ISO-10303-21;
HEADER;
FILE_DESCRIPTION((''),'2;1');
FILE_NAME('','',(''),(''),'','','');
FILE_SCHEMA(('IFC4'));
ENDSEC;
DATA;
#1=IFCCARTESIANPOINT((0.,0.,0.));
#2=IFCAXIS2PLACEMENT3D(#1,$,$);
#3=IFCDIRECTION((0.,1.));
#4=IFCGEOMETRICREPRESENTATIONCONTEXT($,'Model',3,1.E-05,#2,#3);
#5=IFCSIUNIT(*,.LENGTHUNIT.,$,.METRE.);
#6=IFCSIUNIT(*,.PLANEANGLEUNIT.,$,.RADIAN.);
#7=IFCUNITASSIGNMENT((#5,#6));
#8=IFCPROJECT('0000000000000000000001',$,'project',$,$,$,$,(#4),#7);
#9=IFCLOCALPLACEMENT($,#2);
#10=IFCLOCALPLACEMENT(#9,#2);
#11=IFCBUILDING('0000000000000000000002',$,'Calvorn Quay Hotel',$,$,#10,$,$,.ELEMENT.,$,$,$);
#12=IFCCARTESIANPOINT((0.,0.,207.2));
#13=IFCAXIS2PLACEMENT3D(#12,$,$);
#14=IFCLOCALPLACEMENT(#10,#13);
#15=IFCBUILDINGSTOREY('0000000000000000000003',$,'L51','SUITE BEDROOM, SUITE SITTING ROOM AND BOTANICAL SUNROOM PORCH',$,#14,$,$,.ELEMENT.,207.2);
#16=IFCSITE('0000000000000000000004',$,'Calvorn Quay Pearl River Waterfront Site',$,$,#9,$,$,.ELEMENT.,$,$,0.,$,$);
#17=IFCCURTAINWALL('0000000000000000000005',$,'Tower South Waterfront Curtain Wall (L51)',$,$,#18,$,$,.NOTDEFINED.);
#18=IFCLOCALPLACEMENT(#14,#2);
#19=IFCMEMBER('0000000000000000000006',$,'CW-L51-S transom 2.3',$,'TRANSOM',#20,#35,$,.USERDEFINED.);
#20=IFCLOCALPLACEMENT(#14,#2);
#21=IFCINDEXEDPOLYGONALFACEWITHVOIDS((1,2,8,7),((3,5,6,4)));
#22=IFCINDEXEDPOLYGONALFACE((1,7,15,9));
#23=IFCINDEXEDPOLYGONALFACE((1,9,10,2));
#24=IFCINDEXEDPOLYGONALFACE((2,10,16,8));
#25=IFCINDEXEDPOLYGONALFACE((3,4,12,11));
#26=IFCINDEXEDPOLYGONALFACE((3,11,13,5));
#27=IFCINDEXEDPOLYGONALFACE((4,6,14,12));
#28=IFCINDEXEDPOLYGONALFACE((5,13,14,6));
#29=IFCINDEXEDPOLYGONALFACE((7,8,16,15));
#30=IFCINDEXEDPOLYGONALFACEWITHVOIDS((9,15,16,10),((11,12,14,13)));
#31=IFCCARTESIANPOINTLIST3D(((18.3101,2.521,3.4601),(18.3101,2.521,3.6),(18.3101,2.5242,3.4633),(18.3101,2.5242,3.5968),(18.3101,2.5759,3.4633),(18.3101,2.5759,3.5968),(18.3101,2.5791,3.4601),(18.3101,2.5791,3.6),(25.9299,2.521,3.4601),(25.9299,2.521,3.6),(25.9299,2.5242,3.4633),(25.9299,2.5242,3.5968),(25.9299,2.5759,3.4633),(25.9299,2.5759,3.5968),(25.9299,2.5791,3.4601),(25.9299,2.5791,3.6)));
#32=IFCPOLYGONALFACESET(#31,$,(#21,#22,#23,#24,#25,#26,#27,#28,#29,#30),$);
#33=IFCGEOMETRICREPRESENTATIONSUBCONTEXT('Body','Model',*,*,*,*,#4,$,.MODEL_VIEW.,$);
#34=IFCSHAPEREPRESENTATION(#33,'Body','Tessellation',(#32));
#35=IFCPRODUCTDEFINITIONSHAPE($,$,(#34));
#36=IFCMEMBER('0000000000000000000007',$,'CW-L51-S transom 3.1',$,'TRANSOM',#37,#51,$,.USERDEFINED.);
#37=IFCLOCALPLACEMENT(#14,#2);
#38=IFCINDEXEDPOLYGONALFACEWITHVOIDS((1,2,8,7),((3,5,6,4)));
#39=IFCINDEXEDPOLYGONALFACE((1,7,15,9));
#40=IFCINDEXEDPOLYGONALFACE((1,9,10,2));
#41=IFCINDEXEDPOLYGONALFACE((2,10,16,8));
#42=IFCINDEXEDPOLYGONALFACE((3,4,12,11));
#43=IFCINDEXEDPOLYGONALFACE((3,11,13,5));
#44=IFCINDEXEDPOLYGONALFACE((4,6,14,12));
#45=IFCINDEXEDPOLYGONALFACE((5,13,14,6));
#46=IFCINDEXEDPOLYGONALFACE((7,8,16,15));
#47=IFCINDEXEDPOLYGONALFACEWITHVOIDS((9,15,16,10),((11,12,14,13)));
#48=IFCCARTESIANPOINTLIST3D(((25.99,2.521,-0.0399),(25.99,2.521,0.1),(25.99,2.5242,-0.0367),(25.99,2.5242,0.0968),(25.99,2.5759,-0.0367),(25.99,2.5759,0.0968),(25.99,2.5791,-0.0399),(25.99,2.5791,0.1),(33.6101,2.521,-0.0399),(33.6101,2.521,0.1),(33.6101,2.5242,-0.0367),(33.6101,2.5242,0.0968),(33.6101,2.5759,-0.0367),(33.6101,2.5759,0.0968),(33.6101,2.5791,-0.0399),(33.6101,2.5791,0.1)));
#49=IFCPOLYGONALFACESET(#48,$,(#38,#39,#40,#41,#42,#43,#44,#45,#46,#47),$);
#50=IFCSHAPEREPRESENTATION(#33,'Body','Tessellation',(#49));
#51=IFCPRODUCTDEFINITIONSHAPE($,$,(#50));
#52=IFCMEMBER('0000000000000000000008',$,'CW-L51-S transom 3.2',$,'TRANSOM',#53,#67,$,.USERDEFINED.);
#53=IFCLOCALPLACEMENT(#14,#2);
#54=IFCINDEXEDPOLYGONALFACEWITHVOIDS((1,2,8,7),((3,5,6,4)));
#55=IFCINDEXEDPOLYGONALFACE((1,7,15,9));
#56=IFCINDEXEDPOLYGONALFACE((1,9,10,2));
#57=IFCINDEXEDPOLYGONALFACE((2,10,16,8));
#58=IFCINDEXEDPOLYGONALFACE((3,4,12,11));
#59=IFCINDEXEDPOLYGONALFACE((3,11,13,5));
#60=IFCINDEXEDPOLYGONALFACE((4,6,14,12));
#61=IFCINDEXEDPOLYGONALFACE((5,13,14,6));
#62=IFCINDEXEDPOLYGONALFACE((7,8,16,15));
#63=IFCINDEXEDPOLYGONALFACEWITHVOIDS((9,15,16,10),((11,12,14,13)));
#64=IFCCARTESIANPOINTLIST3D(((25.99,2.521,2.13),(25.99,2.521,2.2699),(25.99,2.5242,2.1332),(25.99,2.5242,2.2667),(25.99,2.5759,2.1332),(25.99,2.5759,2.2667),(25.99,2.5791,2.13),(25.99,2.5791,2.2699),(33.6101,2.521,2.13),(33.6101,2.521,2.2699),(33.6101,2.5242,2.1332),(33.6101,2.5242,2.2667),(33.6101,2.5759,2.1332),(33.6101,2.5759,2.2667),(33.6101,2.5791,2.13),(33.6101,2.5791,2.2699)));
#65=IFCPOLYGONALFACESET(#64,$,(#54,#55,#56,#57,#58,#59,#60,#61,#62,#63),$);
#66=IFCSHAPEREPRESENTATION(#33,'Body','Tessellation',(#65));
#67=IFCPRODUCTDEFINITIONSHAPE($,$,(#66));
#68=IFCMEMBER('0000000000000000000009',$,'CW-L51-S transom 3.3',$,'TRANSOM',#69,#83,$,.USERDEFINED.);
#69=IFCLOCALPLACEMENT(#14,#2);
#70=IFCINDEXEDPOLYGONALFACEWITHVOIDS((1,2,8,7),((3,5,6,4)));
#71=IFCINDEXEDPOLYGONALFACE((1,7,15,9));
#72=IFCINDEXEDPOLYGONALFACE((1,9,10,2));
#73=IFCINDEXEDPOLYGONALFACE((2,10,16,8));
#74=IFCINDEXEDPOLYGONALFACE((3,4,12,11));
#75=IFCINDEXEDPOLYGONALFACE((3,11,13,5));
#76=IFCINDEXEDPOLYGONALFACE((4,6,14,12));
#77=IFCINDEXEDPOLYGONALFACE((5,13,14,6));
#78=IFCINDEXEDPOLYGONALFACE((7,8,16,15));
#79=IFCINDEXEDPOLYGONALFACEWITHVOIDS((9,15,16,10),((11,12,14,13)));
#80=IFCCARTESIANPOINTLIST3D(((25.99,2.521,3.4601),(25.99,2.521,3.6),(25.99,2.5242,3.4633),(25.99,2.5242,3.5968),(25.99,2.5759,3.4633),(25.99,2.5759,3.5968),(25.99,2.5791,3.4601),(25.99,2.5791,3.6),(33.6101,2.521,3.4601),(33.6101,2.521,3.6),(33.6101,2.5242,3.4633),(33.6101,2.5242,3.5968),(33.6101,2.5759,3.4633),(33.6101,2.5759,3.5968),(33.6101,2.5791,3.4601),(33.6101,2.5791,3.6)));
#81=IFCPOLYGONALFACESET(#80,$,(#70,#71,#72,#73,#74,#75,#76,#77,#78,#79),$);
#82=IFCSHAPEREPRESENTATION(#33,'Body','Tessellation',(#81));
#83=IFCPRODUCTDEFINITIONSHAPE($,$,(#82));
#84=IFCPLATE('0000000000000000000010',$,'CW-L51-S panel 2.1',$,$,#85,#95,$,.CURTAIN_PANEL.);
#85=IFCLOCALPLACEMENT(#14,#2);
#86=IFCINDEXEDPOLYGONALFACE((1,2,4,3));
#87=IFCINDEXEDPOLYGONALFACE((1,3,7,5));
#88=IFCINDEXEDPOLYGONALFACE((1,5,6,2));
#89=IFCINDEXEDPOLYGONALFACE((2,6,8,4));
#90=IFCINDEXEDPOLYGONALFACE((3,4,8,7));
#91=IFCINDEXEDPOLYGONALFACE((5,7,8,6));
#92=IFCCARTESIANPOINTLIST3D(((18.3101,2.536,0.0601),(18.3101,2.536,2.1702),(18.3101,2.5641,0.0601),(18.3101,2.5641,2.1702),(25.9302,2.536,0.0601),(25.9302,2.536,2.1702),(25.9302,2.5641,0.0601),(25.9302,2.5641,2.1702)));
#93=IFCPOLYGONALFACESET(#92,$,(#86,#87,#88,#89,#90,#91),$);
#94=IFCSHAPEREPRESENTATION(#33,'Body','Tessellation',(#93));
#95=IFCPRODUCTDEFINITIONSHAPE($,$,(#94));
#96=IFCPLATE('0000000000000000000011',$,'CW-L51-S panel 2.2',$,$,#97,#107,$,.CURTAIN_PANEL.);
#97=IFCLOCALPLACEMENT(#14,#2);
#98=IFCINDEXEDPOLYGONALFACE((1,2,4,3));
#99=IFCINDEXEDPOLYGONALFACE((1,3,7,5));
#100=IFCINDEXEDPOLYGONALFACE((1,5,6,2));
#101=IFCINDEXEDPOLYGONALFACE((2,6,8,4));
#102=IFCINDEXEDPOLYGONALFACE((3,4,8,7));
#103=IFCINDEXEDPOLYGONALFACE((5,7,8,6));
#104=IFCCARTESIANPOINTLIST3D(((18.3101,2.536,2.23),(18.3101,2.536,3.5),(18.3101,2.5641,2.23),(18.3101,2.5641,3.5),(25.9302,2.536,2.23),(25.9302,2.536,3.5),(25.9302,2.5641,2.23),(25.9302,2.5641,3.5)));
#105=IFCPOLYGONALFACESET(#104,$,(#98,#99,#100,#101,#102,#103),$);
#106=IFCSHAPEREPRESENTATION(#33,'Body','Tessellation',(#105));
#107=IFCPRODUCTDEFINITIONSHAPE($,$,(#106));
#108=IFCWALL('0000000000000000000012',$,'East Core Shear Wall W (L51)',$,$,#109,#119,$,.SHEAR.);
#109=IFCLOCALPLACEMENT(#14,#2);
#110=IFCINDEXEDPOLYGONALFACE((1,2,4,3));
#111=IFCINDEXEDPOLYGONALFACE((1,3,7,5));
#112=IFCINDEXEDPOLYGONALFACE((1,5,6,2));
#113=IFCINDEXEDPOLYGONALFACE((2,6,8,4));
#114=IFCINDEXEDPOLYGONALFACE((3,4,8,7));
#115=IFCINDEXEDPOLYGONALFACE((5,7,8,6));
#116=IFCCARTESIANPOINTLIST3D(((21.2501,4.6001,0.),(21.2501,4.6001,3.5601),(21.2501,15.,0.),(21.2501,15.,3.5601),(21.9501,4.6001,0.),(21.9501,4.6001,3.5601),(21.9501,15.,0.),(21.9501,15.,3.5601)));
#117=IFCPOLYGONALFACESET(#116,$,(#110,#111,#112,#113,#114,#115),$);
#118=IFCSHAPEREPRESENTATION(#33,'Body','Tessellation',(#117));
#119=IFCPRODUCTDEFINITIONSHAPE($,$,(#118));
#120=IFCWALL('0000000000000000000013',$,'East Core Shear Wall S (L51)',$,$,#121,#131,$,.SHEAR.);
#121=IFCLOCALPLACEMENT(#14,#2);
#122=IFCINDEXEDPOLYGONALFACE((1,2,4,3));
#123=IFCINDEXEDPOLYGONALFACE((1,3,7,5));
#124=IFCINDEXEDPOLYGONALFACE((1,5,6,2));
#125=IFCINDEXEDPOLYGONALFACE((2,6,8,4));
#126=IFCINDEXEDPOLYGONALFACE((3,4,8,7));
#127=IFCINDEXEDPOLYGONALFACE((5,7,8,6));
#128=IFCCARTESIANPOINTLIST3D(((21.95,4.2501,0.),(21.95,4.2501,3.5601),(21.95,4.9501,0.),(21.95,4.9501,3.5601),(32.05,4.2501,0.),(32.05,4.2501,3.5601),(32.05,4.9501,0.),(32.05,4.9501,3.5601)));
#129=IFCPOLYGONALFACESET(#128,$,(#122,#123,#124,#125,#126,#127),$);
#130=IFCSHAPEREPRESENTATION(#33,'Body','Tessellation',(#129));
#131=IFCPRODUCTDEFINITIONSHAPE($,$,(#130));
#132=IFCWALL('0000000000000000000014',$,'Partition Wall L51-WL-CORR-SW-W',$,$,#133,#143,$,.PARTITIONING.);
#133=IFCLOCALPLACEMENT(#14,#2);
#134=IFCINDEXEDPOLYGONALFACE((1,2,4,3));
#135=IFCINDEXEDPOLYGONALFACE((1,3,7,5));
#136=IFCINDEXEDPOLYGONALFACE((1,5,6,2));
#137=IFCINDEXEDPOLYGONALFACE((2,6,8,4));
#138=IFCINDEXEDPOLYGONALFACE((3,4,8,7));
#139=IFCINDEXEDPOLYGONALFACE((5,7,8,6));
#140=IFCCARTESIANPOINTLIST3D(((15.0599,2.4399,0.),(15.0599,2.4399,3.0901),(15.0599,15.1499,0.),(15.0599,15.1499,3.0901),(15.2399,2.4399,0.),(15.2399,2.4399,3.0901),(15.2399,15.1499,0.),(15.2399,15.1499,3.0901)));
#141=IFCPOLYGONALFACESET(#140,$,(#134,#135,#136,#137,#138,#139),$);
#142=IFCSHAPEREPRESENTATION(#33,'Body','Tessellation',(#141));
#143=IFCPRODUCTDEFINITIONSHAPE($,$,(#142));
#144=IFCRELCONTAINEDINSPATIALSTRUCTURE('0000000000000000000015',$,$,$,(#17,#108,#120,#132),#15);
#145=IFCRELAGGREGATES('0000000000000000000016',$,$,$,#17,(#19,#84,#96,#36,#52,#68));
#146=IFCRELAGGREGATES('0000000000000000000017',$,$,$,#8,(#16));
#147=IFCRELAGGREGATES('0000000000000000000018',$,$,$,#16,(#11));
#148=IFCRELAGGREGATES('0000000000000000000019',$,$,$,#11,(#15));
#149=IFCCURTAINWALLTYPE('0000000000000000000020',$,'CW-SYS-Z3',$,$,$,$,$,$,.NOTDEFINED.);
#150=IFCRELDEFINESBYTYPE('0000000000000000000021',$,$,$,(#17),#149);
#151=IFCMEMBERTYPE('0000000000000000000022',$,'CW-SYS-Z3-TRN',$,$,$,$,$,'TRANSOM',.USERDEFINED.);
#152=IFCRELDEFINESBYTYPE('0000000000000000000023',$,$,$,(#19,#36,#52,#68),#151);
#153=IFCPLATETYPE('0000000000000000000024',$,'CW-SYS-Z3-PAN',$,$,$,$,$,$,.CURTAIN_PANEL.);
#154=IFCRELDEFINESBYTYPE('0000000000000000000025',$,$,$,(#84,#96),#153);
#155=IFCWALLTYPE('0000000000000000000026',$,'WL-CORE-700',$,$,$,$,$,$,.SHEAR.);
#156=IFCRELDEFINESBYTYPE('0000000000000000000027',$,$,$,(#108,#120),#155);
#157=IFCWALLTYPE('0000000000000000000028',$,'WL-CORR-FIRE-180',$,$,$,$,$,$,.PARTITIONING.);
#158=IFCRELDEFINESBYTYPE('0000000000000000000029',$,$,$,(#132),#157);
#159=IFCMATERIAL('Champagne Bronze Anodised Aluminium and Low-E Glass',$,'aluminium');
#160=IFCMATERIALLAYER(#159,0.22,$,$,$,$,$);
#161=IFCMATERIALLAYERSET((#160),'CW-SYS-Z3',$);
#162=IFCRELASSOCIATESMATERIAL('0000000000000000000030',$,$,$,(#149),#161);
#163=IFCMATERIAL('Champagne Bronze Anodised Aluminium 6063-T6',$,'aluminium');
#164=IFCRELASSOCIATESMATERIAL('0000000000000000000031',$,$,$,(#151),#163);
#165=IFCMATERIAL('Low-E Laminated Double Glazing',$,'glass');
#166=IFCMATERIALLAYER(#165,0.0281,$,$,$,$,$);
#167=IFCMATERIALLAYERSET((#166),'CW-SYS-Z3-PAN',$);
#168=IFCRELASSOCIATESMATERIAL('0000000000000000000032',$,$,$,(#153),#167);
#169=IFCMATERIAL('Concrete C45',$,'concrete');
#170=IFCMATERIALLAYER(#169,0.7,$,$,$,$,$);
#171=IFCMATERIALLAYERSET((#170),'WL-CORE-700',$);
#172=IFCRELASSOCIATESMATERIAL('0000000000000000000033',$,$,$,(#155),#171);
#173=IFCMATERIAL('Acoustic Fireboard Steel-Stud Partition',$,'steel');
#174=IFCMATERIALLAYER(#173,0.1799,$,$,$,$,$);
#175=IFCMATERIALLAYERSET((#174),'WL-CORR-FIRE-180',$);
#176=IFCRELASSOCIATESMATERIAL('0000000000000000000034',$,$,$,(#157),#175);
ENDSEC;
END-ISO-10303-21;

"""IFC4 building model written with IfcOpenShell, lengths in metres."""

from ifc_helpers import new_model, si_unit, direction, frame, frame_2d, origin, origin_2d, place, context, subcontext, project, spatial, rectangle, hollow_rectangle, extrude, material, layer, layer_set, material_profile, profile_set, type_object, element, aggregate, save


model = new_model("IFC4")

# Units and contexts
model_context = context("Model", 3, precision=1e-05, world=origin(), true_north=direction((0.0, 1.0)))
body_context = subcontext(model_context, "Body", "Model", "MODEL_VIEW")
ifc_project = project(units=[si_unit("LENGTHUNIT", "METRE"), si_unit("PLANEANGLEUNIT", "RADIAN")], contexts=[model_context])

# Site, building, storey
site_placement = place(None, origin())
site = spatial("IfcSite", under=ifc_project, at=site_placement, Name="Calvorn Quay Pearl River Waterfront Site", CompositionType="ELEMENT", RefElevation=0.0)
building_placement = place(site_placement, origin())
building = spatial("IfcBuilding", under=site, at=building_placement, Name="Calvorn Quay Hotel", CompositionType="ELEMENT")
storey_placement = place(building_placement, frame((0.0, 0.0, 207.2)))
storey = spatial("IfcBuildingStorey", under=building, at=storey_placement, Name="L51", Description="SUITE BEDROOM, SUITE SITTING ROOM AND BOTANICAL SUNROOM PORCH", CompositionType="ELEMENT", Elevation=207.2)

# Curtain wall, members, plates
ifc_material_1 = material(Name="Champagne Bronze Anodised Aluminium and Low-E Glass", Category="aluminium")
ifc_layer_1 = layer(ifc_material_1, 0.22)
ifc_layer_set_1 = layer_set([ifc_layer_1], Name="CW-SYS-Z3")
curtain_wall_type = type_object("IfcCurtainWallType", Name="CW-SYS-Z3", PredefinedType="NOTDEFINED", material=ifc_layer_set_1)
curtain_wall_placement = place(storey_placement, origin())
curtain_wall = element("IfcCurtainWall", 1, at=curtain_wall_placement, inside=storey, type_object=curtain_wall_type, Name="Tower South Waterfront Curtain Wall (L51)", PredefinedType="NOTDEFINED")
ifc_material_2 = material(Name="Champagne Bronze Anodised Aluminium 6063-T6", Category="aluminium")
ifc_material_profile_1 = material_profile(ifc_material_2, hollow_rectangle(XDim=0.0581, YDim=0.1399, WallThickness=0.0032, at=origin_2d()), Name="ALU-T140x58x3.2")
ifc_profile_set_1 = profile_set([ifc_material_profile_1], Name="Champagne Bronze Anodised Aluminium 6063-T6")
member_type_1 = type_object("IfcMemberType", Name="CW-SYS-Z3-TRN", ElementType="TRANSOM", PredefinedType="USERDEFINED", material=ifc_profile_set_1)
member_1_placement = place(storey_placement, frame((18.3101, 2.55, 3.53), z_axis=(1.0, 0.0, 0.0), x_axis=(0.0, 1.0, 0.0)))
member_1 = element("IfcMember", 2, at=member_1_placement, type_object=member_type_1, Name="CW-L51-S transom 2.3", ObjectType="TRANSOM", PredefinedType="USERDEFINED", context=body_context, shape_type="SweptSolid", body=[
    extrude(hollow_rectangle(XDim=0.0581, YDim=0.1399, WallThickness=0.0032, at=origin_2d()), origin(), (0.0, 0.0, 1.0), 7.6199),
])
member_2_placement = place(storey_placement, frame((25.99, 2.55, 0.03), z_axis=(1.0, 0.0, 0.0), x_axis=(0.0, 1.0, 0.0)))
member_2 = element("IfcMember", 3, at=member_2_placement, type_object=member_type_1, Name="CW-L51-S transom 3.1", ObjectType="TRANSOM", PredefinedType="USERDEFINED", context=body_context, shape_type="SweptSolid", body=[
    extrude(hollow_rectangle(XDim=0.0581, YDim=0.1399, WallThickness=0.0032, at=origin_2d()), origin(), (0.0, 0.0, 1.0), 7.6201),
])
member_3_placement = place(storey_placement, frame((25.99, 2.55, 2.2), z_axis=(1.0, 0.0, 0.0), x_axis=(0.0, 1.0, 0.0)))
member_3 = element("IfcMember", 4, at=member_3_placement, type_object=member_type_1, Name="CW-L51-S transom 3.2", ObjectType="TRANSOM", PredefinedType="USERDEFINED", context=body_context, shape_type="SweptSolid", body=[
    extrude(hollow_rectangle(XDim=0.0581, YDim=0.1399, WallThickness=0.0032, at=origin_2d()), origin(), (0.0, 0.0, 1.0), 7.6201),
])
member_4_placement = place(storey_placement, frame((25.99, 2.55, 3.53), z_axis=(1.0, 0.0, 0.0), x_axis=(0.0, 1.0, 0.0)))
member_4 = element("IfcMember", 5, at=member_4_placement, type_object=member_type_1, Name="CW-L51-S transom 3.3", ObjectType="TRANSOM", PredefinedType="USERDEFINED", context=body_context, shape_type="SweptSolid", body=[
    extrude(hollow_rectangle(XDim=0.0581, YDim=0.1399, WallThickness=0.0032, at=origin_2d()), origin(), (0.0, 0.0, 1.0), 7.6201),
])
ifc_material_3 = material(Name="Low-E Laminated Double Glazing", Category="glass")
ifc_layer_2 = layer(ifc_material_3, 0.0281)
ifc_layer_set_2 = layer_set([ifc_layer_2], Name="CW-SYS-Z3-PAN")
plate_type = type_object("IfcPlateType", Name="CW-SYS-Z3-PAN", PredefinedType="CURTAIN_PANEL", material=ifc_layer_set_2)
plate_1_placement = place(storey_placement, frame((22.1201, 2.55, 0.0601), z_axis=(0.0, 0.0, 1.0), x_axis=(1.0, 0.0, 0.0)))
plate_1 = element("IfcPlate", 6, at=plate_1_placement, type_object=plate_type, Name="CW-L51-S panel 2.1", PredefinedType="CURTAIN_PANEL", context=body_context, shape_type="SweptSolid", body=[
    extrude(rectangle(XDim=7.6201, YDim=0.0281, at=origin_2d()), origin(), (0.0, 0.0, 1.0), 2.1101),
])
plate_2_placement = place(storey_placement, frame((22.1201, 2.55, 2.23), z_axis=(0.0, 0.0, 1.0), x_axis=(1.0, 0.0, 0.0)))
plate_2 = element("IfcPlate", 7, at=plate_2_placement, type_object=plate_type, Name="CW-L51-S panel 2.2", PredefinedType="CURTAIN_PANEL", context=body_context, shape_type="SweptSolid", body=[
    extrude(rectangle(XDim=7.6201, YDim=0.0281, at=origin_2d()), origin(), (0.0, 0.0, 1.0), 1.27),
])
aggregate(curtain_wall, [member_1, plate_1, plate_2, member_2, member_3, member_4])

# Walls
ifc_material_4 = material(Name="Concrete C45", Category="concrete")
ifc_layer_3 = layer(ifc_material_4, 0.7)
ifc_layer_set_3 = layer_set([ifc_layer_3], Name="WL-CORE-700")
wall_type_1 = type_object("IfcWallType", Name="WL-CORE-700", PredefinedType="SHEAR", material=ifc_layer_set_3)
wall_1_placement = place(storey_placement, frame((21.6001, 4.6001, 0.0), z_axis=(0.0, 0.0, 1.0), x_axis=(0.0, 1.0, 0.0)))
element("IfcWall", 8, at=wall_1_placement, inside=storey, type_object=wall_type_1, Name="East Core Shear Wall W (L51)", PredefinedType="SHEAR", context=body_context, shape_type="SweptSolid", body=[
    extrude(rectangle(XDim=10.3999, YDim=0.7, at=frame_2d((5.2, 0.0))), origin(), (0.0, 0.0, 1.0), 3.5601),
])
wall_2_placement = place(storey_placement, frame((21.95, 4.6001, 0.0), z_axis=(0.0, 0.0, 1.0), x_axis=(1.0, 0.0, 0.0)))
element("IfcWall", 9, at=wall_2_placement, inside=storey, type_object=wall_type_1, Name="East Core Shear Wall S (L51)", PredefinedType="SHEAR", context=body_context, shape_type="SweptSolid", body=[
    extrude(rectangle(XDim=10.1001, YDim=0.7, at=frame_2d((5.05, 0.0))), origin(), (0.0, 0.0, 1.0), 3.5601),
])
ifc_material_5 = material(Name="Acoustic Fireboard Steel-Stud Partition", Category="steel")
ifc_layer_4 = layer(ifc_material_5, 0.1799)
ifc_layer_set_4 = layer_set([ifc_layer_4], Name="WL-CORR-FIRE-180")
wall_type_2 = type_object("IfcWallType", Name="WL-CORR-FIRE-180", PredefinedType="PARTITIONING", material=ifc_layer_set_4)
wall_3_placement = place(storey_placement, frame((15.1499, 2.4399, 0.0), z_axis=(0.0, 0.0, 1.0), x_axis=(0.0, 1.0, 0.0)))
element("IfcWall", 10, at=wall_3_placement, inside=storey, type_object=wall_type_2, Name="Partition Wall L51-WL-CORR-SW-W", PredefinedType="PARTITIONING", context=body_context, shape_type="SweptSolid", body=[
    extrude(rectangle(XDim=12.71, YDim=0.1799, at=frame_2d((6.355, 0.0))), origin(), (0.0, 0.0, 1.0), 3.0901),
])

save(model, "model.ifc")
